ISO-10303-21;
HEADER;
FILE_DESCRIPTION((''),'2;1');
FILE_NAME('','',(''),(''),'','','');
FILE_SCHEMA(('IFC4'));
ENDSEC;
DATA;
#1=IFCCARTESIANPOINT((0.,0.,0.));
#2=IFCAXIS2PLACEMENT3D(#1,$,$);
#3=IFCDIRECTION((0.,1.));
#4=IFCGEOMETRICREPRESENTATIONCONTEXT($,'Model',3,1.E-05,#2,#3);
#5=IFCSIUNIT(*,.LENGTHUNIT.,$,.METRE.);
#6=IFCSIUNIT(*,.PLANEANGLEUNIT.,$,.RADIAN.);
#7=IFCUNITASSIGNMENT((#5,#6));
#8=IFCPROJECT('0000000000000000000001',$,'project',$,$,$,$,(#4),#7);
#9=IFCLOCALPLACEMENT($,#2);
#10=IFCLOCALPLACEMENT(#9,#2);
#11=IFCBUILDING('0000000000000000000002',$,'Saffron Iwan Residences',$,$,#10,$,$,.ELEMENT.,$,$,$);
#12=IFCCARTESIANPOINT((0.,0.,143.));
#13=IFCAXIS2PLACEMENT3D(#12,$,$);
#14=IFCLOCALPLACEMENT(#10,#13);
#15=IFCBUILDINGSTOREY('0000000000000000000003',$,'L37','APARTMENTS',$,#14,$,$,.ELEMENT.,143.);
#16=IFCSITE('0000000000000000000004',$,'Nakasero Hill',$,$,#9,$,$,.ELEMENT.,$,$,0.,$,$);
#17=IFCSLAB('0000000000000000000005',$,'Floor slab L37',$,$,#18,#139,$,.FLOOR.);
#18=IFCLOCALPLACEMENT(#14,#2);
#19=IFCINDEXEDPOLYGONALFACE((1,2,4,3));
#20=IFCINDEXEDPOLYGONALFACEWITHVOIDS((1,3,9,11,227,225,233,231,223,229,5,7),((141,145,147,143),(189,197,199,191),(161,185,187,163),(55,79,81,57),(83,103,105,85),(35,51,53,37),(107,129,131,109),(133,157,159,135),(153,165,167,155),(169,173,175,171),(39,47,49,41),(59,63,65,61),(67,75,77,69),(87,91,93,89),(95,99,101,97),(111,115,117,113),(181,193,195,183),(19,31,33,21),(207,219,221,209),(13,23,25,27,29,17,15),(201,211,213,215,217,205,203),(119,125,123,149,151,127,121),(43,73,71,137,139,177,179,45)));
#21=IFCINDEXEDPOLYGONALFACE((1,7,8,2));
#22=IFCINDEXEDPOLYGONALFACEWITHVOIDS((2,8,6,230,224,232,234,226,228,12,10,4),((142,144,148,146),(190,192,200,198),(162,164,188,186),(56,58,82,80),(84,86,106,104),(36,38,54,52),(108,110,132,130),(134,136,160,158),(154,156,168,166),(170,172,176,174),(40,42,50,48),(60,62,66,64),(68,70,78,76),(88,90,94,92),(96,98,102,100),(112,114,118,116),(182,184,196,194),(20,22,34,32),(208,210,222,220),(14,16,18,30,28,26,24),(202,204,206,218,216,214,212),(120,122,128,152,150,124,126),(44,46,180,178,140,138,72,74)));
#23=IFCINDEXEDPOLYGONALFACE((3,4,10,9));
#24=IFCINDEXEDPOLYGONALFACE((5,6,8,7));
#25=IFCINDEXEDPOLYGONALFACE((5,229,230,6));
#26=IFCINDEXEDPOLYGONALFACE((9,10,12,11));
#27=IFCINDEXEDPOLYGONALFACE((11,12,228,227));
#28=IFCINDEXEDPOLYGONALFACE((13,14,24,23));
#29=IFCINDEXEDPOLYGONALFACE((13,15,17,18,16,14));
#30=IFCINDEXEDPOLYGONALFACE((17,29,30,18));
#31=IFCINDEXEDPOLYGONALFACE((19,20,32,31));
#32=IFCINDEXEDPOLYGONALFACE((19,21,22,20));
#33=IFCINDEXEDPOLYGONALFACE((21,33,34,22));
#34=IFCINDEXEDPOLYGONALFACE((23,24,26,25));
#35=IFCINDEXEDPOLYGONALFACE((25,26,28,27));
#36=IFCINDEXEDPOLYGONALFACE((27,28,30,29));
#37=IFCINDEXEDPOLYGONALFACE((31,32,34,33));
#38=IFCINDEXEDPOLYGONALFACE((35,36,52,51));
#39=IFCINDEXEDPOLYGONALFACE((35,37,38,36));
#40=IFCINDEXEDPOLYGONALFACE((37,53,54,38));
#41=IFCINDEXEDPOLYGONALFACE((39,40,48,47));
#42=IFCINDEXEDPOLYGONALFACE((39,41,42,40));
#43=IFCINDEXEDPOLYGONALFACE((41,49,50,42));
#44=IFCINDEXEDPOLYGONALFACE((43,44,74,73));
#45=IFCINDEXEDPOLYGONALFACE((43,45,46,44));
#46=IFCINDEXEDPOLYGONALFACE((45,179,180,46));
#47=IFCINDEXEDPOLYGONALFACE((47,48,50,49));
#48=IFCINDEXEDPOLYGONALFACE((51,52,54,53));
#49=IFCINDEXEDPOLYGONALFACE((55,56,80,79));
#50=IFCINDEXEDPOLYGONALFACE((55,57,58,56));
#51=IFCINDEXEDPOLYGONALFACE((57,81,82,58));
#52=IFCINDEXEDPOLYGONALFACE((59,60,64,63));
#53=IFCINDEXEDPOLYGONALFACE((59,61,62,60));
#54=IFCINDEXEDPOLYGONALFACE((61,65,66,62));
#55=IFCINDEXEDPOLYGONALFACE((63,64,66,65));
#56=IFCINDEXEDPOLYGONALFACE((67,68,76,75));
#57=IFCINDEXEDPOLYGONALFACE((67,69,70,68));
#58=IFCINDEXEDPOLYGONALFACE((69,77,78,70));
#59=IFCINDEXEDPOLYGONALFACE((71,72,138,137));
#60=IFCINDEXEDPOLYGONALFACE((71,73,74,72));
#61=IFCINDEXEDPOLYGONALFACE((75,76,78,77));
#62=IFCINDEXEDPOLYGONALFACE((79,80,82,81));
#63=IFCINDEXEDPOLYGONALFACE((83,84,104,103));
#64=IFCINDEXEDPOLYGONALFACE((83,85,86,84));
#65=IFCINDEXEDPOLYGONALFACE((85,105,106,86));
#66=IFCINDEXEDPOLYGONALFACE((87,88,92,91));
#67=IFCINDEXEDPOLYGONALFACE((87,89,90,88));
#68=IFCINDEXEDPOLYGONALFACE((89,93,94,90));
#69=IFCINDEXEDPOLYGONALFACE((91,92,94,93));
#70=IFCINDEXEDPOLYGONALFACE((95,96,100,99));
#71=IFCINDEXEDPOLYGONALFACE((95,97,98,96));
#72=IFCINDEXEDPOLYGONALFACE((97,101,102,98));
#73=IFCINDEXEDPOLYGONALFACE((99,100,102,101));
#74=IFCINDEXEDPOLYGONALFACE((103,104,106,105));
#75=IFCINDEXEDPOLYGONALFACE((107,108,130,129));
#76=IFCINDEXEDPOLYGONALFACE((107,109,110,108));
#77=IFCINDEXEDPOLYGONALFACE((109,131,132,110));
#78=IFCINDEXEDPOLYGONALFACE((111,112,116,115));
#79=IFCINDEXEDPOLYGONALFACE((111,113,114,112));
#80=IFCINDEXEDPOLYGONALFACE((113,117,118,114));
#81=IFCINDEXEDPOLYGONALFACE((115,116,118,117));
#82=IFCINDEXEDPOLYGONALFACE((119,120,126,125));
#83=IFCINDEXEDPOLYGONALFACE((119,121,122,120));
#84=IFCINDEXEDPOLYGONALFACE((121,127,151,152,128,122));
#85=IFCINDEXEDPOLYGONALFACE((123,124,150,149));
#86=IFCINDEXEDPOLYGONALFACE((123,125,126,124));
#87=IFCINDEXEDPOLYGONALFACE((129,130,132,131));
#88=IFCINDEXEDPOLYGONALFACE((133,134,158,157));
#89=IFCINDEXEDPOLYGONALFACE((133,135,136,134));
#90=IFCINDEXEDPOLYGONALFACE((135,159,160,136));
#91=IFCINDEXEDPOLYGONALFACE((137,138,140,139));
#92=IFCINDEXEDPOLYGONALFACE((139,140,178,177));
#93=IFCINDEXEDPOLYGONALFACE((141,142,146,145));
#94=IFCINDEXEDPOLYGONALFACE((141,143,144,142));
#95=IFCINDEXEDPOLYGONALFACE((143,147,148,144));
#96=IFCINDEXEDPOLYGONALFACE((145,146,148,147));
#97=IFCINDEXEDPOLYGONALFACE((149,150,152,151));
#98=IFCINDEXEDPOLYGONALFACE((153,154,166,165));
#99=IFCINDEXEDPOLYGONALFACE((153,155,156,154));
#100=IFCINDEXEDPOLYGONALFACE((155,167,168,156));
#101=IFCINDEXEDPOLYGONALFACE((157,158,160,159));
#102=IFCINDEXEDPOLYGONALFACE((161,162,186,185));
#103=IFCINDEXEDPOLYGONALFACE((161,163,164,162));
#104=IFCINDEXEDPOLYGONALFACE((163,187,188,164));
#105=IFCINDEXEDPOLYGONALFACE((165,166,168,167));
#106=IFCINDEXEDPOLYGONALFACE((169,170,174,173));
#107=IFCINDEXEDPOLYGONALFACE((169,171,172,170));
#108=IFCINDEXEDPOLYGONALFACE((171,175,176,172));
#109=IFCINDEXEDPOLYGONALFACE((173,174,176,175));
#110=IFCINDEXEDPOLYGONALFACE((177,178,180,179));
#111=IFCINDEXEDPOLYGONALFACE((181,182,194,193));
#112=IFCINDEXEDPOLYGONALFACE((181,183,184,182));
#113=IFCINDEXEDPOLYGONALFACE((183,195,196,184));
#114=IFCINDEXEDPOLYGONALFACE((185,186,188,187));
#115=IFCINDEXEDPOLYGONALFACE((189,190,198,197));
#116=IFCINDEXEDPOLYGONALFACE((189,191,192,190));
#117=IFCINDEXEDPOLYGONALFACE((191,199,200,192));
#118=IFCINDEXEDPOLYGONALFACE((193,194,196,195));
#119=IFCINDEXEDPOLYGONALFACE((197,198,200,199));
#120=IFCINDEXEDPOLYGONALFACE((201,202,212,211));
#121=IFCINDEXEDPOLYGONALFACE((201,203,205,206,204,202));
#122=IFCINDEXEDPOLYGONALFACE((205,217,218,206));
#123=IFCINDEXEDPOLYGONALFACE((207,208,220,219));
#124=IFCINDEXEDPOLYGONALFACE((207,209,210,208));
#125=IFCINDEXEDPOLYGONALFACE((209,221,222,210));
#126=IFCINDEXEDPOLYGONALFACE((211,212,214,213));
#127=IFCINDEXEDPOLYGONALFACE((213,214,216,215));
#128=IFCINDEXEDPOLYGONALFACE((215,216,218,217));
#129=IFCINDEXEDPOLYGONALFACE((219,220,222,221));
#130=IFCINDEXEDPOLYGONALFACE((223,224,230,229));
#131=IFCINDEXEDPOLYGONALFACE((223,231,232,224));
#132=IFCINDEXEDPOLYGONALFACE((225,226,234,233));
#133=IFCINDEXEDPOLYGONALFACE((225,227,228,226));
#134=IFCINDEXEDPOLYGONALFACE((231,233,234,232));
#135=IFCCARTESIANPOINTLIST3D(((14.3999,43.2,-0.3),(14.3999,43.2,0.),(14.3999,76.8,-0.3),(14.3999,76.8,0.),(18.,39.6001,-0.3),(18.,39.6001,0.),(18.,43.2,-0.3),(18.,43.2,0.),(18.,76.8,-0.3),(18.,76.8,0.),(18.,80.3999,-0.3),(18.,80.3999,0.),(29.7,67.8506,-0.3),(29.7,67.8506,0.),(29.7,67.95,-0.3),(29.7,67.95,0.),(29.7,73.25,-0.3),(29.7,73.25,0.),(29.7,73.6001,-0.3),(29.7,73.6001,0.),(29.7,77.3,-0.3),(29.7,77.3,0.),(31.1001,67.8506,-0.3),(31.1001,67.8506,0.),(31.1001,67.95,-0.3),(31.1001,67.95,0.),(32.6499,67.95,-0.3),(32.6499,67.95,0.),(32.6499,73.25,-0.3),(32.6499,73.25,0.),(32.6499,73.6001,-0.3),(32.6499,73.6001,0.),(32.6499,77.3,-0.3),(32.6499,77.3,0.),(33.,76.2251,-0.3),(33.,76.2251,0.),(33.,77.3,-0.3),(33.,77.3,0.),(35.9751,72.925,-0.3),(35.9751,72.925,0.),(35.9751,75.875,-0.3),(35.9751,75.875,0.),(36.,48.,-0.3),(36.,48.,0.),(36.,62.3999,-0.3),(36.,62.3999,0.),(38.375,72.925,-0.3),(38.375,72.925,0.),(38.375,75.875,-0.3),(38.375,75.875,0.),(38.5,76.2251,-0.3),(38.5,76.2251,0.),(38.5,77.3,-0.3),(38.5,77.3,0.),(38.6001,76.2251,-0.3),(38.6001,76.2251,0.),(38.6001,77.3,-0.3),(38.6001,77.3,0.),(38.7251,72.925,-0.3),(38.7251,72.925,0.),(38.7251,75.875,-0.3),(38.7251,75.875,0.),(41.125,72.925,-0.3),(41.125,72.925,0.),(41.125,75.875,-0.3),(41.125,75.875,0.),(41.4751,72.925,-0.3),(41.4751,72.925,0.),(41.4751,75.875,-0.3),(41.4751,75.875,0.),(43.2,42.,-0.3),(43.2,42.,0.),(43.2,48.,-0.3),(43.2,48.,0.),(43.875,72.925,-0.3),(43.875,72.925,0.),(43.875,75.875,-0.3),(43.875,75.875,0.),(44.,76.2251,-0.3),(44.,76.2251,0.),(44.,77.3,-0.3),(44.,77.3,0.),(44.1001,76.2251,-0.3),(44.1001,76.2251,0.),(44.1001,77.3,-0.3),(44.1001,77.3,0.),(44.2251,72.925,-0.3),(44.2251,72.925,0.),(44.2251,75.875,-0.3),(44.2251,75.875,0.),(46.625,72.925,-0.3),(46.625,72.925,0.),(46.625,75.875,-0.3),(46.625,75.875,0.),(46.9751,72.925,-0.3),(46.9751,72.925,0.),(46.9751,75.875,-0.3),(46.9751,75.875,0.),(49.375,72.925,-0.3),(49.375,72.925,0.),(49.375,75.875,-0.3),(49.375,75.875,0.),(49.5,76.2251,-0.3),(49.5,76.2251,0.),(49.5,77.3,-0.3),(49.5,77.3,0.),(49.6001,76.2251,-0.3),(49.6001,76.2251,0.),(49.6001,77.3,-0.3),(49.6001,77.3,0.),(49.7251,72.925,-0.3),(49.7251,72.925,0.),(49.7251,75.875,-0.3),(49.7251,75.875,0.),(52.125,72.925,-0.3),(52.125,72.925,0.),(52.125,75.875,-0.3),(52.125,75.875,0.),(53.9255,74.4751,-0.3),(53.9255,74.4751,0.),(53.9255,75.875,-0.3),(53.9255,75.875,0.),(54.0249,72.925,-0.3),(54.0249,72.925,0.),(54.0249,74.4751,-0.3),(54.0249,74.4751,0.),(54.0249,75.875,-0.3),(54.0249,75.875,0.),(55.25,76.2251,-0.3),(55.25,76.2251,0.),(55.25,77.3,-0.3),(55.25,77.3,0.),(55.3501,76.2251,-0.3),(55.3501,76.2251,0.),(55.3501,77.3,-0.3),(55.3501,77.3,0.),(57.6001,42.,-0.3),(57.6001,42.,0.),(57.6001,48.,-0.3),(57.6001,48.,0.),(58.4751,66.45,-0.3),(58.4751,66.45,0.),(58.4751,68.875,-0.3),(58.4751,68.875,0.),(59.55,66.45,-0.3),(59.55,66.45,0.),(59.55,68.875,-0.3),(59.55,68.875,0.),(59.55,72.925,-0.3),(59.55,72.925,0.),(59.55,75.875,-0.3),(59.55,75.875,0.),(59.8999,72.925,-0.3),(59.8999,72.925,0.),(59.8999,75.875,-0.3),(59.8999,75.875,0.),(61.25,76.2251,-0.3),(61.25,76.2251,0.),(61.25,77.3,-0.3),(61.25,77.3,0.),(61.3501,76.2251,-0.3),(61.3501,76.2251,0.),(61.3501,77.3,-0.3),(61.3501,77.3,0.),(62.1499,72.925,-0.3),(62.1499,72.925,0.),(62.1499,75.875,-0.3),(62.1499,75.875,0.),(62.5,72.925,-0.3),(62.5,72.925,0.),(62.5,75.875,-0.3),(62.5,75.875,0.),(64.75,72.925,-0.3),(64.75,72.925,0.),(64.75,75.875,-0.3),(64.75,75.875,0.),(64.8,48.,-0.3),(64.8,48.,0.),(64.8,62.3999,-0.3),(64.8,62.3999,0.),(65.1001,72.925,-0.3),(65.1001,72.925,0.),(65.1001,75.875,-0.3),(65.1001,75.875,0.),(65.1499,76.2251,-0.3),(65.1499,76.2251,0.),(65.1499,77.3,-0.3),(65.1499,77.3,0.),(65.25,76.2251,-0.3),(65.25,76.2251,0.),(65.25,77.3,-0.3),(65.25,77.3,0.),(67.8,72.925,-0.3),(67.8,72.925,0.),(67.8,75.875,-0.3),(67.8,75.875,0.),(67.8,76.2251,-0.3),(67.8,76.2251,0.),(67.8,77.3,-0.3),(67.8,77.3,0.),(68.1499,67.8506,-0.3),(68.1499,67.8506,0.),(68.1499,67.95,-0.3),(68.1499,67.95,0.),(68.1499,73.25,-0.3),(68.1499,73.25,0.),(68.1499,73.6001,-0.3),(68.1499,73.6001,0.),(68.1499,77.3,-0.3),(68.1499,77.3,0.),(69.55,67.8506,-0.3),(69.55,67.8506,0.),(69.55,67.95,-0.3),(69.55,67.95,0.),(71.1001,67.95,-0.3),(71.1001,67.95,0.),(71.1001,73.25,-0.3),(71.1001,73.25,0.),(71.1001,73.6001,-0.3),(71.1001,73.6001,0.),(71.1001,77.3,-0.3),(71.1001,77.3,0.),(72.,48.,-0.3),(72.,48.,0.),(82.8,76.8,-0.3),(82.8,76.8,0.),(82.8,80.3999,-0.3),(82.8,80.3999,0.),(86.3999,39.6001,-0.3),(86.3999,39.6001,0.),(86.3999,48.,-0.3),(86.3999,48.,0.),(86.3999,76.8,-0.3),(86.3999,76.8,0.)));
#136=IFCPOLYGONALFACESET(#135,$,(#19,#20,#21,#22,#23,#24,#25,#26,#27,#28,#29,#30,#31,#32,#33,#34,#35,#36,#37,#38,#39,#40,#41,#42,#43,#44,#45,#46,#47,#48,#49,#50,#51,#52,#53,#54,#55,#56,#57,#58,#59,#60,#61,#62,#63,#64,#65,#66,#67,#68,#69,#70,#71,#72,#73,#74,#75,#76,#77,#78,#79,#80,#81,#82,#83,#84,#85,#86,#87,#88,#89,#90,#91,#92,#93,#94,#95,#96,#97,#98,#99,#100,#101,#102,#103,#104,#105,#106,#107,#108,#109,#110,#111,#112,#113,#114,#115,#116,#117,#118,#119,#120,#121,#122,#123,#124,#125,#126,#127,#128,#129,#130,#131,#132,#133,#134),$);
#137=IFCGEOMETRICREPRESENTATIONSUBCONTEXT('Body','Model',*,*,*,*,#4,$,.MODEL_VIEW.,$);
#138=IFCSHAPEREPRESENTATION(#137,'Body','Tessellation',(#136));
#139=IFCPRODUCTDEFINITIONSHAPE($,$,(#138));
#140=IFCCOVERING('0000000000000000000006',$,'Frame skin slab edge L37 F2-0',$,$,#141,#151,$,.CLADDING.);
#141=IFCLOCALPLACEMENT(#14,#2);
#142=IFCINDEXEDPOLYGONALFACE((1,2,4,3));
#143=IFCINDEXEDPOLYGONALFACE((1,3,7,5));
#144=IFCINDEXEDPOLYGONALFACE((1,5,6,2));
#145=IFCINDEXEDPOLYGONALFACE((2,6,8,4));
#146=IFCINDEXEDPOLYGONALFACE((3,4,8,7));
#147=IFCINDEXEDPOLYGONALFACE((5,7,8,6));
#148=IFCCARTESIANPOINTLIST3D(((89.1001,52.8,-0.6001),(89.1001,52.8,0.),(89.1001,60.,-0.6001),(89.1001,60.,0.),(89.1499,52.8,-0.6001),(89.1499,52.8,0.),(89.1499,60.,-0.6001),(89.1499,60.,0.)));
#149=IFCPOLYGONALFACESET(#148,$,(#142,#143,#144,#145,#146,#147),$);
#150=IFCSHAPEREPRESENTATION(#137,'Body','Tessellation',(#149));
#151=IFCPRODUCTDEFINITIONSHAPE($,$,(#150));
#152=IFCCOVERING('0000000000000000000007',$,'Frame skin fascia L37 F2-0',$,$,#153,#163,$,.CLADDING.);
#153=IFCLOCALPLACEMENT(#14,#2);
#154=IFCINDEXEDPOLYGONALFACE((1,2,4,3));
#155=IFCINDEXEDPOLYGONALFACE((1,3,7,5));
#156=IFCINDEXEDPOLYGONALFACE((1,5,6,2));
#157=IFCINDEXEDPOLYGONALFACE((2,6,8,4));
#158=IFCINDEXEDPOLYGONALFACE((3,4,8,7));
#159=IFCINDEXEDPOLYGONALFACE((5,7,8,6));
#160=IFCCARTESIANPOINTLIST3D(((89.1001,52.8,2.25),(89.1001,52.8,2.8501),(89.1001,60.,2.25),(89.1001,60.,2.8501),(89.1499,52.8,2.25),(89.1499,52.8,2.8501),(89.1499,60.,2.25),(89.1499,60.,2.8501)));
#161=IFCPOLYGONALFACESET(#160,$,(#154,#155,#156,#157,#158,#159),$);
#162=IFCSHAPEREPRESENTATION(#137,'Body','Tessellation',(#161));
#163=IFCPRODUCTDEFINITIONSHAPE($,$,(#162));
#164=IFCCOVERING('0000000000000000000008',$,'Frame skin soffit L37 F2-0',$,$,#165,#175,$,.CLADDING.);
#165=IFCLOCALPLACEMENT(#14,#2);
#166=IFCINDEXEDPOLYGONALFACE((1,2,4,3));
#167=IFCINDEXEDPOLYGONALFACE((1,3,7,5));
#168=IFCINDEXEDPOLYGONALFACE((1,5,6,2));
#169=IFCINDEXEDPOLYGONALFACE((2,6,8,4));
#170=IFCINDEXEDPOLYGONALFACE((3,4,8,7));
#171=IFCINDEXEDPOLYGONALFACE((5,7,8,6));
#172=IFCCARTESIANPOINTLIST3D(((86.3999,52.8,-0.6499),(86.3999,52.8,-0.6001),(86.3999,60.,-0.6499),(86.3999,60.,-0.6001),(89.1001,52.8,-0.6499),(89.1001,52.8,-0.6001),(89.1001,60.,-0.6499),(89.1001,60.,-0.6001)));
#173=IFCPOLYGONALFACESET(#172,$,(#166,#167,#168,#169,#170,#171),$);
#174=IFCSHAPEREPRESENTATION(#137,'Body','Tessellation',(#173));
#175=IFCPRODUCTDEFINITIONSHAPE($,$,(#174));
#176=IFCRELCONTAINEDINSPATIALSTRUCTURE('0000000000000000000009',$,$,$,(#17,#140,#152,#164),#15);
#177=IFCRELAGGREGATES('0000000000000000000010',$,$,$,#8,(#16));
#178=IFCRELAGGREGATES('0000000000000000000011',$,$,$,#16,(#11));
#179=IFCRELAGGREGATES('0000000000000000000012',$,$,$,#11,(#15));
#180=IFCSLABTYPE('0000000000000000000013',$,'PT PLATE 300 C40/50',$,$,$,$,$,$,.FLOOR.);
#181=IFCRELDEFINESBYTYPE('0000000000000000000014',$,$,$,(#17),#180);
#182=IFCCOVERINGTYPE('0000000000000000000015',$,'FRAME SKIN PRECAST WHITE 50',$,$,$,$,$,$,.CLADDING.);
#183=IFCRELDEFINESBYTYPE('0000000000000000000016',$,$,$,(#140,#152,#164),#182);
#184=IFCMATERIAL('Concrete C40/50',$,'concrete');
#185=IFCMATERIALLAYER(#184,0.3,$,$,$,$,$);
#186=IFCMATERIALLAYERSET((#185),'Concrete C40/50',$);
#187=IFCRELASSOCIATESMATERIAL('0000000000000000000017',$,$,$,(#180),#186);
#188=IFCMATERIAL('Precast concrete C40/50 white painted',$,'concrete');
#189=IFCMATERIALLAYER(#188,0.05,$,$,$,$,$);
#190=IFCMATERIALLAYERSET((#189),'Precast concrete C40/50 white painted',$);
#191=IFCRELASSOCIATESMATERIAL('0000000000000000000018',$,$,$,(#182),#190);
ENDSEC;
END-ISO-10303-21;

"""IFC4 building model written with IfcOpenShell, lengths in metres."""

from ifc_helpers import new_model, si_unit, direction, frame, origin, place, context, subcontext, project, spatial, polyline, outline, extrude, material, layer, layer_set, type_object, element, save


model = new_model("IFC4")

# Units and contexts
model_context = context("Model", 3, precision=1e-05, world=origin(), true_north=direction((0.0, 1.0)))
body_context = subcontext(model_context, "Body", "Model", "MODEL_VIEW")
ifc_project = project(units=[si_unit("LENGTHUNIT", "METRE"), si_unit("PLANEANGLEUNIT", "RADIAN")], contexts=[model_context])

# Site, building, storey
site_placement = place(None, origin())
site = spatial("IfcSite", under=ifc_project, at=site_placement, Name="Nakasero Hill", CompositionType="ELEMENT", RefElevation=0.0)
building_placement = place(site_placement, origin())
building = spatial("IfcBuilding", under=site, at=building_placement, Name="Saffron Iwan Residences", CompositionType="ELEMENT")
storey_placement = place(building_placement, frame((0.0, 0.0, 143.0)))
storey = spatial("IfcBuildingStorey", under=building, at=storey_placement, Name="L37", Description="APARTMENTS", CompositionType="ELEMENT", Elevation=143.0)

# Slab
ifc_material_1 = material(Name="Concrete C40/50", Category="concrete")
ifc_layer_1 = layer(ifc_material_1, 0.3)
ifc_layer_set_1 = layer_set([ifc_layer_1], Name="Concrete C40/50")
slab_type_1 = type_object("IfcSlabType", Name="PT PLATE 300 C40/50", PredefinedType="FLOOR", material=ifc_layer_set_1)
slab_1_placement = place(storey_placement, frame((0.0, 0.0, -0.3)))
element("IfcSlab", 1, at=slab_1_placement, inside=storey, type_object=slab_type_1, Name="Floor slab L37", PredefinedType="FLOOR", context=body_context, shape_type="SweptSolid", body=[
    extrude(outline(polyline([(14.3999, 43.2), (14.3999, 76.8), (18.0, 76.8), (18.0, 80.3999), (82.8, 80.3999), (82.8, 76.8), (86.3999, 76.8), (86.3999, 48.0), (72.0, 48.0), (86.3999, 39.6001), (18.0, 39.6001), (18.0, 43.2), (14.3999, 43.2)]), holes=[polyline([(64.8, 48.0), (64.8, 62.3999), (36.0, 62.3999), (36.0, 48.0), (43.2, 48.0), (43.2, 42.0), (57.6001, 42.0), (57.6001, 48.0), (64.8, 48.0)]), polyline([(29.7, 73.25), (29.7, 67.95), (29.7, 67.8506), (31.1001, 67.8506), (31.1001, 67.95), (32.6499, 67.95), (32.6499, 73.25), (29.7, 73.25)]), polyline([(38.375, 75.875), (35.9751, 75.875), (35.9751, 72.925), (38.375, 72.925), (38.375, 75.875)]), polyline([(41.125, 75.875), (38.7251, 75.875), (38.7251, 72.925), (41.125, 72.925), (41.125, 75.875)]), polyline([(43.875, 72.925), (43.875, 75.875), (41.4751, 75.875), (41.4751, 72.925), (43.875, 72.925)]), polyline([(46.625, 72.925), (46.625, 75.875), (44.2251, 75.875), (44.2251, 72.925), (46.625, 72.925)]), polyline([(49.375, 75.875), (46.9751, 75.875), (46.9751, 72.925), (49.375, 72.925), (49.375, 75.875)]), polyline([(52.125, 72.925), (52.125, 75.875), (49.7251, 75.875), (49.7251, 72.925), (52.125, 72.925)]), polyline([(32.6499, 73.6001), (32.6499, 77.3), (29.7, 77.3), (29.7, 73.6001), (32.6499, 73.6001)]), polyline([(38.5, 77.3), (33.0, 77.3), (33.0, 76.2251), (38.5, 76.2251), (38.5, 77.3)]), polyline([(44.0, 76.2251), (44.0, 77.3), (38.6001, 77.3), (38.6001, 76.2251), (44.0, 76.2251)]), polyline([(49.5, 76.2251), (49.5, 77.3), (44.1001, 77.3), (44.1001, 76.2251), (49.5, 76.2251)]), polyline([(59.55, 68.875), (58.4751, 68.875), (58.4751, 66.45), (59.55, 66.45), (59.55, 68.875)]), polyline([(68.1499, 73.25), (68.1499, 67.95), (68.1499, 67.8506), (69.55, 67.8506), (69.55, 67.95), (71.1001, 67.95), (71.1001, 73.25), (68.1499, 73.25)]), polyline([(54.0249, 74.4751), (54.0249, 72.925), (59.55, 72.925), (59.55, 75.875), (54.0249, 75.875), (53.9255, 75.875), (53.9255, 74.4751), (54.0249, 74.4751)]), polyline([(62.1499, 72.925), (62.1499, 75.875), (59.8999, 75.875), (59.8999, 72.925), (62.1499, 72.925)]), polyline([(64.75, 72.925), (64.75, 75.875), (62.5, 75.875), (62.5, 72.925), (64.75, 72.925)]), polyline([(67.8, 75.875), (65.1001, 75.875), (65.1001, 72.925), (67.8, 72.925), (67.8, 75.875)]), polyline([(71.1001, 73.6001), (71.1001, 77.3), (68.1499, 77.3), (68.1499, 73.6001), (71.1001, 73.6001)]), polyline([(55.25, 76.2251), (55.25, 77.3), (49.6001, 77.3), (49.6001, 76.2251), (55.25, 76.2251)]), polyline([(61.25, 77.3), (55.3501, 77.3), (55.3501, 76.2251), (61.25, 76.2251), (61.25, 77.3)]), polyline([(65.1499, 76.2251), (65.1499, 77.3), (61.3501, 77.3), (61.3501, 76.2251), (65.1499, 76.2251)]), polyline([(67.8, 76.2251), (67.8, 77.3), (65.25, 77.3), (65.25, 76.2251), (67.8, 76.2251)])]), origin(), (0.0, 0.0, 1.0), 0.3),
])

# Coverings
ifc_material_2 = material(Name="Precast concrete C40/50 white painted", Category="concrete")
ifc_layer_2 = layer(ifc_material_2, 0.05)
ifc_layer_set_2 = layer_set([ifc_layer_2], Name="Precast concrete C40/50 white painted")
covering_type_1 = type_object("IfcCoveringType", Name="FRAME SKIN PRECAST WHITE 50", PredefinedType="CLADDING", material=ifc_layer_set_2)
for number, where, name in (
    (2, (0.0, 0.0, -0.6001), "Frame skin slab edge L37 F2-0"),
    (3, (0.0, 0.0, 2.25), "Frame skin fascia L37 F2-0"),
):
    element("IfcCovering", number, at=place(storey_placement, frame(where)), inside=storey, type_object=covering_type_1, Name=name, PredefinedType="CLADDING", context=body_context, shape_type="SweptSolid", body=[
        extrude(outline(polyline([(89.1499, 52.8), (89.1499, 60.0), (89.1001, 60.0), (89.1001, 52.8), (89.1499, 52.8)])), origin(), (0.0, 0.0, 1.0), 0.6001),
    ])
covering_1_placement = place(storey_placement, frame((0.0, 0.0, -0.6499)))
element("IfcCovering", 4, at=covering_1_placement, inside=storey, type_object=covering_type_1, Name="Frame skin soffit L37 F2-0", PredefinedType="CLADDING", context=body_context, shape_type="SweptSolid", body=[
    extrude(outline(polyline([(89.1001, 52.8), (89.1001, 60.0), (86.3999, 60.0), (86.3999, 52.8), (89.1001, 52.8)])), origin(), (0.0, 0.0, 1.0), 0.0498),
])

save(model, "model.ifc")
